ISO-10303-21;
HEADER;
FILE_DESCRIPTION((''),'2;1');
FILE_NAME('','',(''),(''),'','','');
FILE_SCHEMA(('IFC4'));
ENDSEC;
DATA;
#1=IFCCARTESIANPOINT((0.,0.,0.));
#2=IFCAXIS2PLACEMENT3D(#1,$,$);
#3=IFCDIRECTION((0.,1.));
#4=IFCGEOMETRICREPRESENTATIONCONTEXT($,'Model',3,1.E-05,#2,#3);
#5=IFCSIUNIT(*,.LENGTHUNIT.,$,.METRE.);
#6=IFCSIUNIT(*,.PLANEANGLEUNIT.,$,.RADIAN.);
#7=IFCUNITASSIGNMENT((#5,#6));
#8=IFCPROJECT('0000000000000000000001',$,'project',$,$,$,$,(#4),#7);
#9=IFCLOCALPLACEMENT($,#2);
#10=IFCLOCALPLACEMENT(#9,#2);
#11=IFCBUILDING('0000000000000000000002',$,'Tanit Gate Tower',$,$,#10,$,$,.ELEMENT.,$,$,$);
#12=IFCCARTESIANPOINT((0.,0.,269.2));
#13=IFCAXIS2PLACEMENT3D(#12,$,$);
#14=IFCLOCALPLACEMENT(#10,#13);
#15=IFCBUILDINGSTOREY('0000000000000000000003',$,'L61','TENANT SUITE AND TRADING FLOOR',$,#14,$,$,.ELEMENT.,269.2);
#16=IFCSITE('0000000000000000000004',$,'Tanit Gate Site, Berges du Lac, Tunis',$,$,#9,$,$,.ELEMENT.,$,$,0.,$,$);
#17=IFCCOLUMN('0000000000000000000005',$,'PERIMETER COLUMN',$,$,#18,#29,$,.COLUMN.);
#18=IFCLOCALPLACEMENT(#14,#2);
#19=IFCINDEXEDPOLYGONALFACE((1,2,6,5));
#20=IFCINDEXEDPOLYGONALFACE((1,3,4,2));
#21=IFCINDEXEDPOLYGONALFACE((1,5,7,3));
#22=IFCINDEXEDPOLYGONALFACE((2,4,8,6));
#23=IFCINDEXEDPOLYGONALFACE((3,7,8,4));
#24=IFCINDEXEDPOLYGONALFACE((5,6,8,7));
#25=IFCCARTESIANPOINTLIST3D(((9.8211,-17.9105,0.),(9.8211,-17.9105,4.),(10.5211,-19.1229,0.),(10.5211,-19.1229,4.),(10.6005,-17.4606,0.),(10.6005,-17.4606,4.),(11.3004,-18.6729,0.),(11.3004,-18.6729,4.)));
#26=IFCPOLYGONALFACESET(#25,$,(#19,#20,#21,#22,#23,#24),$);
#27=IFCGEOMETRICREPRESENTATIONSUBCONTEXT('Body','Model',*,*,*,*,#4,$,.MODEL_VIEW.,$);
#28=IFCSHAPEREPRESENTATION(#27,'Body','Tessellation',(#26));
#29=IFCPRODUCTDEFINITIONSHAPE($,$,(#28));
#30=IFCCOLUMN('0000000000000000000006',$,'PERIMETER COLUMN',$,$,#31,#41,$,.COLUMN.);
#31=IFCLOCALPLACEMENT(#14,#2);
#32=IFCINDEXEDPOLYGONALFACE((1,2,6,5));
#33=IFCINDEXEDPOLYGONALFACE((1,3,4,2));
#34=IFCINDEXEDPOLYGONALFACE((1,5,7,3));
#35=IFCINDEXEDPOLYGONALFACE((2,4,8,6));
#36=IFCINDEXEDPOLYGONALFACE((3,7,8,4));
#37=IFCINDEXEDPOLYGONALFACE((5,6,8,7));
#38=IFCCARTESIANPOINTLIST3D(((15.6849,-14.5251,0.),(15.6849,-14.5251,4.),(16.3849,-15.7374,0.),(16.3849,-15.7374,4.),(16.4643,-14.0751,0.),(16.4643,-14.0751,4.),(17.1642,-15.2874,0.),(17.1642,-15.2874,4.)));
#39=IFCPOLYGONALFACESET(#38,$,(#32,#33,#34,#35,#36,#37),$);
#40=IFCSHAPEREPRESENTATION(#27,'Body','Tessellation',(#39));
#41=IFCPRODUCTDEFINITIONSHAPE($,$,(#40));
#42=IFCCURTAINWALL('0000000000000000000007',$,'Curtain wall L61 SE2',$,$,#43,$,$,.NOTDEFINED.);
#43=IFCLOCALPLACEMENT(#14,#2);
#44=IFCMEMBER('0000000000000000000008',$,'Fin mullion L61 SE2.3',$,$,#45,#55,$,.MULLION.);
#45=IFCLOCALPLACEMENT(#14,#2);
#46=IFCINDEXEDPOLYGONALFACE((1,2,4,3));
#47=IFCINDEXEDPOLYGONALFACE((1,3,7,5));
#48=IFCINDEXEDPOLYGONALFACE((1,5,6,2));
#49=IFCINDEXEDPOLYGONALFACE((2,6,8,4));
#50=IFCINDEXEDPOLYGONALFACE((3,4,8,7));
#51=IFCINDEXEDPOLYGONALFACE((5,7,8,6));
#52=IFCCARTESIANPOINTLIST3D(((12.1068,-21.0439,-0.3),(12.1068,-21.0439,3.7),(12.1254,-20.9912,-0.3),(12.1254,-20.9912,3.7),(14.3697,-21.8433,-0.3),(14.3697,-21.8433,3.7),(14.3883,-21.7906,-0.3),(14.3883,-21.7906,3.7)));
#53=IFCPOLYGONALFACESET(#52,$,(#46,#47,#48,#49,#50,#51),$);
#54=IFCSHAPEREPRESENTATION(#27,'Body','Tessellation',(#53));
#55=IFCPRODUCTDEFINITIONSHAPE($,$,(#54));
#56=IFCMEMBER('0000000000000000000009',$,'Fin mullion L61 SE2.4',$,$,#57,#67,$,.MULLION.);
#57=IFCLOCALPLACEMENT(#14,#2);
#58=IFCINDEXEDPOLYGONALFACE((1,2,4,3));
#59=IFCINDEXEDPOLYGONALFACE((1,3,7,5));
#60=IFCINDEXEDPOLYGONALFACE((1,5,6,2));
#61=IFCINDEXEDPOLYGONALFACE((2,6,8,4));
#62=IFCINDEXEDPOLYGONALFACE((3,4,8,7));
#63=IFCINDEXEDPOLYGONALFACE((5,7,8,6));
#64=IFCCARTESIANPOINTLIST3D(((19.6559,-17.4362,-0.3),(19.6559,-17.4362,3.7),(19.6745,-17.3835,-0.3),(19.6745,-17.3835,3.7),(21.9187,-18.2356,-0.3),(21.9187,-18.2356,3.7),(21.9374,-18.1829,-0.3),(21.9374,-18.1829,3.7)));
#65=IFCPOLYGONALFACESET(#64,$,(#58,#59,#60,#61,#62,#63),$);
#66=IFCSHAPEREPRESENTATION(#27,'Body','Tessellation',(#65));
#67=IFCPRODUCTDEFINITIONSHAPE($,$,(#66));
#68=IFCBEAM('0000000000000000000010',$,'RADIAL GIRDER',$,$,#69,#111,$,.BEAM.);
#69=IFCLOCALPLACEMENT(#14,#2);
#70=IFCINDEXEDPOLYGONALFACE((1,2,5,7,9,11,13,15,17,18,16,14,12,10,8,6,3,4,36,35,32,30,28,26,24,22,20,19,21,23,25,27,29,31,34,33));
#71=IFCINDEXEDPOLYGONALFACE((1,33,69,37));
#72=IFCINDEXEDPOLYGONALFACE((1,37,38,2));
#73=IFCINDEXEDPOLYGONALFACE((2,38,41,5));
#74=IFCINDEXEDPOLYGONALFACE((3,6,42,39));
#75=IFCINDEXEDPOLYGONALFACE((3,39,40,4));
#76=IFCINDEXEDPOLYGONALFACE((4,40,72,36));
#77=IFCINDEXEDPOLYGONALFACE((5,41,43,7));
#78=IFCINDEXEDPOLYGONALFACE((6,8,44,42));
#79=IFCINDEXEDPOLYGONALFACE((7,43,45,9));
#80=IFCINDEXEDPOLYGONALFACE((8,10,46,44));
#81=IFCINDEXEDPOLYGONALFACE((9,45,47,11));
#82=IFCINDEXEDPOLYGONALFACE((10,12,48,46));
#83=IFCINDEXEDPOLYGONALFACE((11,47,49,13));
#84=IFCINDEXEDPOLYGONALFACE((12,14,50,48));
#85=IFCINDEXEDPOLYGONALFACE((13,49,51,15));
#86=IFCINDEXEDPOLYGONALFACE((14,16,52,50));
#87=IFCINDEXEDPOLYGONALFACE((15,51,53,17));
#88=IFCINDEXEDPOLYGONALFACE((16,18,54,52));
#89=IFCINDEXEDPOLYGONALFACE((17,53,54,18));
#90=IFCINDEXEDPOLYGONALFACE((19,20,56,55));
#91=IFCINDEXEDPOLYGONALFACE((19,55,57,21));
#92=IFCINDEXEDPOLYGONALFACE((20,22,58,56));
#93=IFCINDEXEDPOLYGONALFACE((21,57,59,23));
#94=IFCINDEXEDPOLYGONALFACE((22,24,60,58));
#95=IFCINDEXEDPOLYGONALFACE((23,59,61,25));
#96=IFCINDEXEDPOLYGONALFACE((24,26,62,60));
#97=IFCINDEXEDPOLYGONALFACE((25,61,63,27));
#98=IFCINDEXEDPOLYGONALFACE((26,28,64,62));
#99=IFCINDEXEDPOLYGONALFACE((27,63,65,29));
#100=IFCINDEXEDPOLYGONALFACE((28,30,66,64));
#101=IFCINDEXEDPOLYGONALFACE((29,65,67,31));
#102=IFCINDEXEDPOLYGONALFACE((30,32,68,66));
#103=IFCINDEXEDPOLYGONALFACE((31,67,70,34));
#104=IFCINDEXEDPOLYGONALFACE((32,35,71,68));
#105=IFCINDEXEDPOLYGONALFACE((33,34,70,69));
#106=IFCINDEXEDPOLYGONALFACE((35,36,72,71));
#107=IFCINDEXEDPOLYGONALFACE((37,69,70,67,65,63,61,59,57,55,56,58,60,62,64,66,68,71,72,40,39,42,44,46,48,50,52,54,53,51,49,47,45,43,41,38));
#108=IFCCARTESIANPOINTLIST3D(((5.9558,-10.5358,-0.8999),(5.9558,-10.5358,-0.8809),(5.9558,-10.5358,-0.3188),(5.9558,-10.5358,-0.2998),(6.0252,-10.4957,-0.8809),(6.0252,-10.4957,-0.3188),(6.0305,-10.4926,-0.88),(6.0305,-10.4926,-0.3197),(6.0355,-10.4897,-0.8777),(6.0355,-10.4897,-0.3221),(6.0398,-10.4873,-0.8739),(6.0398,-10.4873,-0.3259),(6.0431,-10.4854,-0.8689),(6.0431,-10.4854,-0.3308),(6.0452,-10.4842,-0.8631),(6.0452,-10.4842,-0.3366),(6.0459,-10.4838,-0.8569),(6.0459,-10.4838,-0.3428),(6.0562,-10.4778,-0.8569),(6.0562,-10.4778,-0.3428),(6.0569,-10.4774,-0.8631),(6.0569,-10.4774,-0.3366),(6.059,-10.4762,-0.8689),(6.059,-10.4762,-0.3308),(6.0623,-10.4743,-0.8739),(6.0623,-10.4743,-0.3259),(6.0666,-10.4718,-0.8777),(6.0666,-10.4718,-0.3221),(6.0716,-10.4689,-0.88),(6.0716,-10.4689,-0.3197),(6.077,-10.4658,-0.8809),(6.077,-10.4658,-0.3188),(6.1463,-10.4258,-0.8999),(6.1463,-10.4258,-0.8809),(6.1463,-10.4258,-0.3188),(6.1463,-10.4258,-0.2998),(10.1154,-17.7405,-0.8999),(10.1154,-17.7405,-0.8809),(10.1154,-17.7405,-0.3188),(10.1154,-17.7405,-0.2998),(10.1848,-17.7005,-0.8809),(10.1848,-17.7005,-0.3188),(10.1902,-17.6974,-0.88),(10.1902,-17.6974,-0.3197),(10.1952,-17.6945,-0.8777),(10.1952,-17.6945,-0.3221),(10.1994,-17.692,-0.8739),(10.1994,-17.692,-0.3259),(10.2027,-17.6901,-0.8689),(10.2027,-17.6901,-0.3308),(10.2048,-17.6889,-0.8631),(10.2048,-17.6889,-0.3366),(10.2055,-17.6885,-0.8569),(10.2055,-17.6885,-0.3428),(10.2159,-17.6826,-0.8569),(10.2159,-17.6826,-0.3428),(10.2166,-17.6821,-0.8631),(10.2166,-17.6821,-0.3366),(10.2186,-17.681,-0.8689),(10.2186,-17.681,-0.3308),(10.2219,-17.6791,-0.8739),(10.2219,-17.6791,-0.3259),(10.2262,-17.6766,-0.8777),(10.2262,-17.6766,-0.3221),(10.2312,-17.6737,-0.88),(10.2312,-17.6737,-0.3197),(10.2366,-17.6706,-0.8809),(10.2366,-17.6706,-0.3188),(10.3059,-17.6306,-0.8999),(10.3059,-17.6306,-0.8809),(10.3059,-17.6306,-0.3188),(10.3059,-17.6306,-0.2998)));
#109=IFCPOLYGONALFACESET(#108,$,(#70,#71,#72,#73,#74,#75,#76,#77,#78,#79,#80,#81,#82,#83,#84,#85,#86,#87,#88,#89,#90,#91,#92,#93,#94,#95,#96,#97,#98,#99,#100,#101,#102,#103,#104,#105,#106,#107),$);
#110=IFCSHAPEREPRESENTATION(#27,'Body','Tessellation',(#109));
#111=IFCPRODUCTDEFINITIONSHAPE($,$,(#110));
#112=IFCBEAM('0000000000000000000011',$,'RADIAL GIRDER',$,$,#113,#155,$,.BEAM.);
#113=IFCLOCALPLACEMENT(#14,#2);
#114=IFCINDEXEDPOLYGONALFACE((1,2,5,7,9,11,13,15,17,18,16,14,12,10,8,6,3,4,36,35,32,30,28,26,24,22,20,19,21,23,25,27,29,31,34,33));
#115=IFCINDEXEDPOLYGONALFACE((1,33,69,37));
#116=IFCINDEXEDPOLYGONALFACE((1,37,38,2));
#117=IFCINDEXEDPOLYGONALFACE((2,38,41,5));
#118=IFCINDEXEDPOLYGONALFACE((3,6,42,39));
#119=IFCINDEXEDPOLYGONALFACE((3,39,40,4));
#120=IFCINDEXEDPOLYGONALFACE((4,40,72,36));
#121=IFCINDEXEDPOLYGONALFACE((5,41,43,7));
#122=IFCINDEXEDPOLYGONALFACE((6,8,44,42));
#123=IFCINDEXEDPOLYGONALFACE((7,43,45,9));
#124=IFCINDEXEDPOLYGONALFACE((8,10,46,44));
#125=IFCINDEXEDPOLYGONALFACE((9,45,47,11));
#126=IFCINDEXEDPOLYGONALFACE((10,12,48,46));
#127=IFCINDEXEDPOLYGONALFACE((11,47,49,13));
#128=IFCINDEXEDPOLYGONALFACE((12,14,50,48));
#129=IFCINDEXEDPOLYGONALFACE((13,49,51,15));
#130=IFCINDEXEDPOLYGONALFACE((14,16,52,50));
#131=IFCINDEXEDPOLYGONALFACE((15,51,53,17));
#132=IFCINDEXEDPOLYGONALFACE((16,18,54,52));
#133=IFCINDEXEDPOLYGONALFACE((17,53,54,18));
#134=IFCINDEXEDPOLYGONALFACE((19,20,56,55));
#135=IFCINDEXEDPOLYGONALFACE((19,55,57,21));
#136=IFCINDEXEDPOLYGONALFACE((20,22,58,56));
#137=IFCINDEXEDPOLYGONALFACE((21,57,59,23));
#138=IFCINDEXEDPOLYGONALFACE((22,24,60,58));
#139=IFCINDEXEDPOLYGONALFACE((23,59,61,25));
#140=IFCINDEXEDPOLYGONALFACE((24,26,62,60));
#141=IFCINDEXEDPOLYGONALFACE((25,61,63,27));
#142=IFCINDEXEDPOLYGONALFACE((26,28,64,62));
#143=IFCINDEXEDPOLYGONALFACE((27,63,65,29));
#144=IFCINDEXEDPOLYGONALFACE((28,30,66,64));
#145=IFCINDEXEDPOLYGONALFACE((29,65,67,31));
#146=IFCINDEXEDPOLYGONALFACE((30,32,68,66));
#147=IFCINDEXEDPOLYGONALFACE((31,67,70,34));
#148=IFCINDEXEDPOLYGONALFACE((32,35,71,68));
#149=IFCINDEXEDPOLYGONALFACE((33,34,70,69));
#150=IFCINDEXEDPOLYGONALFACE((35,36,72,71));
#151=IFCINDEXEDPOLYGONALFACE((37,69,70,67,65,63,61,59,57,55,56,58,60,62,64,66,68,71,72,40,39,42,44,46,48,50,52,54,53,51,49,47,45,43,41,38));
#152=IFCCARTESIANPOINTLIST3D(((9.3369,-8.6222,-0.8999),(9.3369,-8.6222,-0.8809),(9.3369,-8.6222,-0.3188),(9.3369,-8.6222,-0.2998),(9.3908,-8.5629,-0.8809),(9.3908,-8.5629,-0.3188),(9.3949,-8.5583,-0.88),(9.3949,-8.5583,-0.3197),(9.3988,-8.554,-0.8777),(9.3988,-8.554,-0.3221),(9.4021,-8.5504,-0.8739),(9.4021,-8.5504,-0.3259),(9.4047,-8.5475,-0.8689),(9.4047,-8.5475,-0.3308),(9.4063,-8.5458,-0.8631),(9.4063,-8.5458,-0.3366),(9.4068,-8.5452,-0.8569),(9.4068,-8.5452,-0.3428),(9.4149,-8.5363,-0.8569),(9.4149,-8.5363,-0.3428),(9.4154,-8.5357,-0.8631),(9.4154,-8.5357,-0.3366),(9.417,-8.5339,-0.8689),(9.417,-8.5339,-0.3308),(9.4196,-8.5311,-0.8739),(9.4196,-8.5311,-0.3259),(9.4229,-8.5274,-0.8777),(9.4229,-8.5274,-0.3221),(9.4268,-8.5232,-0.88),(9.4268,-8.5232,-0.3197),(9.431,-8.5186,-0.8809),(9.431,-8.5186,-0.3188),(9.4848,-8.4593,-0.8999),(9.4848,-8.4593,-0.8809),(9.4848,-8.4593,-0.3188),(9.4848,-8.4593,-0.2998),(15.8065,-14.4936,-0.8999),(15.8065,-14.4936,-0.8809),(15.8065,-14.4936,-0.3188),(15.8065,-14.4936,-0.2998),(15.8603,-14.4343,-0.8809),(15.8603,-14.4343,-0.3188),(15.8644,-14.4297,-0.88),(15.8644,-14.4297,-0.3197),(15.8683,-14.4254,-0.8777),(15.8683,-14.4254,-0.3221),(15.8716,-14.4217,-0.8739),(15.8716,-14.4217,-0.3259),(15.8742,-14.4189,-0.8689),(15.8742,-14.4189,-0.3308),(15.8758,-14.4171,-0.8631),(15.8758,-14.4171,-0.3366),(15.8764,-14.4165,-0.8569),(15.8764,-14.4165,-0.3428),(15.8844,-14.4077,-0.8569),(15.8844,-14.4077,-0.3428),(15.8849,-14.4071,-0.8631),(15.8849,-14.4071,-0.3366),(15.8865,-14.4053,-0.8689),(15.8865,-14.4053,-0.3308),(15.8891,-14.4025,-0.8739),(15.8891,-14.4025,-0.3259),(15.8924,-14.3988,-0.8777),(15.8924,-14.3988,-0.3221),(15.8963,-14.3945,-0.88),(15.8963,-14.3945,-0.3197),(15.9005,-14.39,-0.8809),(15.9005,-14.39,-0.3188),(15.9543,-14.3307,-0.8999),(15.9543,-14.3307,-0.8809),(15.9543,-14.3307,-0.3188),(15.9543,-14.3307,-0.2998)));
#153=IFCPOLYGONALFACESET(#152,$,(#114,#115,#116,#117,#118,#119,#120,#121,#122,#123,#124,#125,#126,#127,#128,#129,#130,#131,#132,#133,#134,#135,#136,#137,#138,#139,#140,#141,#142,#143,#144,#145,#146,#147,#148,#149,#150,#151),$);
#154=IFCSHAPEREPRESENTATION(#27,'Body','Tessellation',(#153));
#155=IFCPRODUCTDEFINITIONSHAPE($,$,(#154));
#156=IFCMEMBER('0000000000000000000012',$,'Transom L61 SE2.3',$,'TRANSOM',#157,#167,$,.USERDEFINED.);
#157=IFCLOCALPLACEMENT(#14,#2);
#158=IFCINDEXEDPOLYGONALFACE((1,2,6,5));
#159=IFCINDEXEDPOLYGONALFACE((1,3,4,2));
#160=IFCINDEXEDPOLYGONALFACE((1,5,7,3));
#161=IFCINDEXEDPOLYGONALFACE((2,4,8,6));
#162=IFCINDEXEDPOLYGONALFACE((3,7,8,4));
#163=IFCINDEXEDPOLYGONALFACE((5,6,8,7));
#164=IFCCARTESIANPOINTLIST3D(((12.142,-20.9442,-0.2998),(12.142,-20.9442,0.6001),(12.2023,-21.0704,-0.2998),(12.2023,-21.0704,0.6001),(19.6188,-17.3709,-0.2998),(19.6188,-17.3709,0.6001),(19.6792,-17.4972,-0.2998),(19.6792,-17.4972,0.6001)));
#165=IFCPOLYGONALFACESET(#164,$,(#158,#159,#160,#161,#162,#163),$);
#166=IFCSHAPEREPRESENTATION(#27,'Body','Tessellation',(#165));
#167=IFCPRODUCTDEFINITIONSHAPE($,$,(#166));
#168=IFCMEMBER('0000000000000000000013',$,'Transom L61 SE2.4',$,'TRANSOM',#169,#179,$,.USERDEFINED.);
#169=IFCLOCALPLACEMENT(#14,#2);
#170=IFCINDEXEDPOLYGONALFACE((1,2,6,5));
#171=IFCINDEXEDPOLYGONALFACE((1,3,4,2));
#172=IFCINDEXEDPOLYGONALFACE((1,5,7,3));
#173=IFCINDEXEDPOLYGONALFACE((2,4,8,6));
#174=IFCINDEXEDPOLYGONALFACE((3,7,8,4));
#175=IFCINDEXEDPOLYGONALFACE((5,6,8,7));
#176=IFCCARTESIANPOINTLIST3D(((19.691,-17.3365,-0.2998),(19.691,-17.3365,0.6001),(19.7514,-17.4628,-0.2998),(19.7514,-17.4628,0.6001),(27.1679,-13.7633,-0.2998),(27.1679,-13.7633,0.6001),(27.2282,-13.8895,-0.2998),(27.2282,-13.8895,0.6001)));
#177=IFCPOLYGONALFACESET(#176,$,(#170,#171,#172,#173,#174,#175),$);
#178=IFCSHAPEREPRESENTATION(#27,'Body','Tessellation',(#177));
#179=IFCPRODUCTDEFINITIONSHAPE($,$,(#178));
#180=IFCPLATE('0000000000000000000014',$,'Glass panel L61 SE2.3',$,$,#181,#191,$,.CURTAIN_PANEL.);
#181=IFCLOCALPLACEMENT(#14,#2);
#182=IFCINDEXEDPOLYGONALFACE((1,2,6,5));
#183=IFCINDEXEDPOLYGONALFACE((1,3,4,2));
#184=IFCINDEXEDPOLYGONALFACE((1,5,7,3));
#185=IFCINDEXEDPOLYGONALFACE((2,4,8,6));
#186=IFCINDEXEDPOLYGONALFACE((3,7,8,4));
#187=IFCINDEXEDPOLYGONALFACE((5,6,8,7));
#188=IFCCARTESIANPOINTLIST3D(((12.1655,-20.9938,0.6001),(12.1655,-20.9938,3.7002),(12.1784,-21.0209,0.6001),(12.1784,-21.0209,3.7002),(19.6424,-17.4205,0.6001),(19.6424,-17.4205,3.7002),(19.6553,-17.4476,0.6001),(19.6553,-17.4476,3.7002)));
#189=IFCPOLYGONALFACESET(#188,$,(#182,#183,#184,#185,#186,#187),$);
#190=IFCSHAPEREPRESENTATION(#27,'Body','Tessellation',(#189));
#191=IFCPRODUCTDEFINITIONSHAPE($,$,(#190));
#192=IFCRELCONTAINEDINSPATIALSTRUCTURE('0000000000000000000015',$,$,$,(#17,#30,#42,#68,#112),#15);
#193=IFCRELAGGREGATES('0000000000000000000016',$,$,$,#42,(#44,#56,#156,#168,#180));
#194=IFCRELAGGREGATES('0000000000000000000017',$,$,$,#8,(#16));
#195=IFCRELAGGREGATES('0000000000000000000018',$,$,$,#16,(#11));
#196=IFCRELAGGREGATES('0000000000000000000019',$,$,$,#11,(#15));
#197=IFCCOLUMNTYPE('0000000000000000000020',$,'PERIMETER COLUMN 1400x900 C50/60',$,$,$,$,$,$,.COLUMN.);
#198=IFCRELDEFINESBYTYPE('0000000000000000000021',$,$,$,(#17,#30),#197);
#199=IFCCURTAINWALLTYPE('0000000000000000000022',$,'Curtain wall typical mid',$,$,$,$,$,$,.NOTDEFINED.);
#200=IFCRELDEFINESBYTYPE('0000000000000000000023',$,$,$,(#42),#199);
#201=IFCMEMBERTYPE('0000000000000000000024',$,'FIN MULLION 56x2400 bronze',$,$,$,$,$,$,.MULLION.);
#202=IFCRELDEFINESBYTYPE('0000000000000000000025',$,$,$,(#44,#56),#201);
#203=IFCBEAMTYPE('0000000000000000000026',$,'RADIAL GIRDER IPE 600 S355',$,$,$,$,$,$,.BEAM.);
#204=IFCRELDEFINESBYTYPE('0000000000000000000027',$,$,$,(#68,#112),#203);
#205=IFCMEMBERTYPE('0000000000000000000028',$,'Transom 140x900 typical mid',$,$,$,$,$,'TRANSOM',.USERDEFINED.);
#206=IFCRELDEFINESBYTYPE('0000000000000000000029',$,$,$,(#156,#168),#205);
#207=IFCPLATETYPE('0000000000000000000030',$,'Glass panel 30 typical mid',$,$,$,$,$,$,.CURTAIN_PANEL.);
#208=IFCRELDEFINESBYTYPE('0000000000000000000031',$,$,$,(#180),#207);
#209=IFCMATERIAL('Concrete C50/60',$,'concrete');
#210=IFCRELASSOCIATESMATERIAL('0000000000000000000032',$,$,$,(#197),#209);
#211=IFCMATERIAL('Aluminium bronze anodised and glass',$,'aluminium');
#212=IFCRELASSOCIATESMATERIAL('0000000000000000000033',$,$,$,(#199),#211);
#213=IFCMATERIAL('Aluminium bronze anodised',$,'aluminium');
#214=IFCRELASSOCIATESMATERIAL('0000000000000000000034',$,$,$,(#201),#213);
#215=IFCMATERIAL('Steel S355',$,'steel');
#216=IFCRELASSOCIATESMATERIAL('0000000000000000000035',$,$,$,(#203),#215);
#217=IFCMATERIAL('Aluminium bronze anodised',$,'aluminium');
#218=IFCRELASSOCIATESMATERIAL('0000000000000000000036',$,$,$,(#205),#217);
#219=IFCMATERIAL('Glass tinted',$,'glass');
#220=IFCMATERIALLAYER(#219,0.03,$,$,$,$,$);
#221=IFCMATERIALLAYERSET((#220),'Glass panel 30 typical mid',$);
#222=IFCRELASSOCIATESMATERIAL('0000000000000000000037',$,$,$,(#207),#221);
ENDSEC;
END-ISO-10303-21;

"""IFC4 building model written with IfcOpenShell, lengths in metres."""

from ifc_helpers import new_model, si_unit, direction, frame, origin, origin_2d, place, context, subcontext, project, spatial, rectangle, i_section, extrude, material, layer, layer_set, material_profile, profile_set, type_object, element, aggregate, save


model = new_model("IFC4")

# Units and contexts
model_context = context("Model", 3, precision=1e-05, world=origin(), true_north=direction((0.0, 1.0)))
body_context = subcontext(model_context, "Body", "Model", "MODEL_VIEW")
ifc_project = project(units=[si_unit("LENGTHUNIT", "METRE"), si_unit("PLANEANGLEUNIT", "RADIAN")], contexts=[model_context])

# Site, building, storey
site_placement = place(None, origin())
site = spatial("IfcSite", under=ifc_project, at=site_placement, Name="Tanit Gate Site, Berges du Lac, Tunis", CompositionType="ELEMENT", RefElevation=0.0)
building_placement = place(site_placement, origin())
building = spatial("IfcBuilding", under=site, at=building_placement, Name="Tanit Gate Tower", CompositionType="ELEMENT")
storey_placement = place(building_placement, frame((0.0, 0.0, 269.2)))
storey = spatial("IfcBuildingStorey", under=building, at=storey_placement, Name="L61", Description="TENANT SUITE AND TRADING FLOOR", CompositionType="ELEMENT", Elevation=269.2)

# Columns
ifc_material_1 = material(Name="Concrete C50/60", Category="concrete")
ifc_material_profile_1 = material_profile(ifc_material_1, rectangle(XDim=1.3999, YDim=0.8999, at=origin_2d()), Name="RC 1400x900")
ifc_profile_set_1 = profile_set([ifc_material_profile_1], Name="Concrete C50/60")
column_type = type_object("IfcColumnType", Name="PERIMETER COLUMN 1400x900 C50/60", PredefinedType="COLUMN", material=ifc_profile_set_1)
for number, where, z_axis, x_axis, name in (
    (1, (10.5608, -18.2917, 0.0), (0.0, 0.0, 1.0), (0.5, -0.866025, 0.0), "PERIMETER COLUMN"),
    (2, (16.4246, -14.9062, 0.0), (0.0, 0.0, 1.0), (0.5, -0.866025, 0.0), "PERIMETER COLUMN"),
):
    element("IfcColumn", number, at=place(storey_placement, frame(where, z_axis=z_axis, x_axis=x_axis)), inside=storey, type_object=column_type, Name=name, PredefinedType="COLUMN", context=body_context, shape_type="SweptSolid", body=[
        extrude(rectangle(XDim=1.3999, YDim=0.8999, at=origin_2d()), origin(), (0.0, 0.0, 1.0), 4.0),
    ])

# Curtain wall, members
ifc_material_2 = material(Name="Aluminium bronze anodised and glass", Category="aluminium")
curtain_wall_type = type_object("IfcCurtainWallType", Name="Curtain wall typical mid", PredefinedType="NOTDEFINED", material=ifc_material_2)
curtain_wall_placement = place(storey_placement, origin())
curtain_wall = element("IfcCurtainWall", 3, at=curtain_wall_placement, inside=storey, type_object=curtain_wall_type, Name="Curtain wall L61 SE2", PredefinedType="NOTDEFINED")
ifc_material_3 = material(Name="Aluminium bronze anodised", Category="aluminium")
ifc_material_profile_2 = material_profile(ifc_material_3, rectangle(XDim=2.3999, YDim=0.0559, at=origin_2d()), Name="56x2400 bronze fin mullion")
ifc_profile_set_2 = profile_set([ifc_material_profile_2], Name="Aluminium bronze anodised")
member_type_1 = type_object("IfcMemberType", Name="FIN MULLION 56x2400 bronze", PredefinedType="MULLION", material=ifc_profile_set_2)
member_1_placement = place(storey_placement, frame((13.2476, -21.4172, -0.3), z_axis=(0.0, 0.0, 1.0), x_axis=(-0.942895, 0.33309, 0.0)))
member_1 = element("IfcMember", 4, at=member_1_placement, type_object=member_type_1, Name="Fin mullion L61 SE2.3", PredefinedType="MULLION", context=body_context, shape_type="SweptSolid", body=[
    extrude(rectangle(XDim=2.3999, YDim=0.0559, at=origin_2d()), origin(), (0.0, 0.0, 1.0), 4.0),
])
member_2_placement = place(storey_placement, frame((20.7966, -17.8096, -0.3), z_axis=(0.0, 0.0, 1.0), x_axis=(-0.942895, 0.33309, 0.0)))
member_2 = element("IfcMember", 5, at=member_2_placement, type_object=member_type_1, Name="Fin mullion L61 SE2.4", PredefinedType="MULLION", context=body_context, shape_type="SweptSolid", body=[
    extrude(rectangle(XDim=2.3999, YDim=0.0559, at=origin_2d()), origin(), (0.0, 0.0, 1.0), 4.0),
])

# Beams
ifc_material_4 = material(Name="Steel S355", Category="steel")
ifc_material_profile_3 = material_profile(ifc_material_4, i_section(OverallWidth=0.22, OverallDepth=0.6001, WebThickness=0.012, FlangeThickness=0.019, FilletRadius=0.0239, at=origin_2d()), Name="IPE 600")
ifc_profile_set_3 = profile_set([ifc_material_profile_3], Name="Steel S355")
beam_type = type_object("IfcBeamType", Name="RADIAL GIRDER IPE 600 S355", PredefinedType="BEAM", material=ifc_profile_set_3)
beam_1_placement = place(storey_placement, frame((10.2107, -17.6855, -0.5999), z_axis=(-0.499996, 0.866028, 0.0), x_axis=(-0.866028, -0.499996, 0.0)))
element("IfcBeam", 6, at=beam_1_placement, inside=storey, type_object=beam_type, Name="RADIAL GIRDER", PredefinedType="BEAM", context=body_context, shape_type="SweptSolid", body=[
    extrude(i_section(OverallWidth=0.22, OverallDepth=0.6001, WebThickness=0.012, FlangeThickness=0.019, FilletRadius=0.0239, at=origin_2d()), origin(), (0.0, 0.0, 1.0), 8.3193),
])
beam_2_placement = place(storey_placement, frame((15.8804, -14.4121, -0.5999), z_axis=(-0.74051, 0.672045, 0.0), x_axis=(-0.672045, -0.74051, 0.0)))
element("IfcBeam", 7, at=beam_2_placement, inside=storey, type_object=beam_type, Name="RADIAL GIRDER", PredefinedType="BEAM", context=body_context, shape_type="SweptSolid", body=[
    extrude(i_section(OverallWidth=0.22, OverallDepth=0.6001, WebThickness=0.012, FlangeThickness=0.019, FilletRadius=0.0239, at=origin_2d()), origin(), (0.0, 0.0, 1.0), 8.7366),
])

# Members
ifc_material_5 = material(Name="Aluminium bronze anodised", Category="aluminium")
ifc_material_profile_4 = material_profile(ifc_material_5, rectangle(XDim=0.1399, YDim=0.8999, at=origin_2d()), Name="140x900 bronze transom")
ifc_profile_set_4 = profile_set([ifc_material_profile_4], Name="Aluminium bronze anodised")
member_type_2 = type_object("IfcMemberType", Name="Transom 140x900 typical mid", ElementType="TRANSOM", PredefinedType="USERDEFINED", material=ifc_profile_set_4)
member_3_placement = place(storey_placement, frame((12.1721, -21.0073, 0.1501), z_axis=(0.902257, 0.431198, 0.0), x_axis=(-0.431198, 0.902257, 0.0)))
member_3 = element("IfcMember", 8, at=member_3_placement, type_object=member_type_2, Name="Transom L61 SE2.3", ObjectType="TRANSOM", PredefinedType="USERDEFINED", context=body_context, shape_type="SweptSolid", body=[
    extrude(rectangle(XDim=0.1399, YDim=0.8999, at=origin_2d()), origin(), (0.0, 0.0, 1.0), 8.2869),
])
member_4_placement = place(storey_placement, frame((19.7212, -17.3997, 0.1501), z_axis=(0.902257, 0.431198, 0.0), x_axis=(-0.431198, 0.902257, 0.0)))
member_4 = element("IfcMember", 9, at=member_4_placement, type_object=member_type_2, Name="Transom L61 SE2.4", ObjectType="TRANSOM", PredefinedType="USERDEFINED", context=body_context, shape_type="SweptSolid", body=[
    extrude(rectangle(XDim=0.1399, YDim=0.8999, at=origin_2d()), origin(), (0.0, 0.0, 1.0), 8.2869),
])

# Plate
ifc_material_6 = material(Name="Glass tinted", Category="glass")
ifc_layer_1 = layer(ifc_material_6, 0.03)
ifc_layer_set_1 = layer_set([ifc_layer_1], Name="Glass panel 30 typical mid")
plate_type = type_object("IfcPlateType", Name="Glass panel 30 typical mid", PredefinedType="CURTAIN_PANEL", material=ifc_layer_set_1)
plate_placement = place(storey_placement, frame((15.9104, -19.2207, 0.6001), z_axis=(0.0, 0.0, 1.0), x_axis=(0.902258, 0.431197, 0.0)))
plate = element("IfcPlate", 10, at=plate_placement, type_object=plate_type, Name="Glass panel L61 SE2.3", PredefinedType="CURTAIN_PANEL", context=body_context, shape_type="SweptSolid", body=[
    extrude(rectangle(XDim=8.2869, YDim=0.03, at=origin_2d()), origin(), (0.0, 0.0, 1.0), 3.1001),
])
aggregate(curtain_wall, [member_1, member_2, member_3, member_4, plate])

save(model, "model.ifc")
